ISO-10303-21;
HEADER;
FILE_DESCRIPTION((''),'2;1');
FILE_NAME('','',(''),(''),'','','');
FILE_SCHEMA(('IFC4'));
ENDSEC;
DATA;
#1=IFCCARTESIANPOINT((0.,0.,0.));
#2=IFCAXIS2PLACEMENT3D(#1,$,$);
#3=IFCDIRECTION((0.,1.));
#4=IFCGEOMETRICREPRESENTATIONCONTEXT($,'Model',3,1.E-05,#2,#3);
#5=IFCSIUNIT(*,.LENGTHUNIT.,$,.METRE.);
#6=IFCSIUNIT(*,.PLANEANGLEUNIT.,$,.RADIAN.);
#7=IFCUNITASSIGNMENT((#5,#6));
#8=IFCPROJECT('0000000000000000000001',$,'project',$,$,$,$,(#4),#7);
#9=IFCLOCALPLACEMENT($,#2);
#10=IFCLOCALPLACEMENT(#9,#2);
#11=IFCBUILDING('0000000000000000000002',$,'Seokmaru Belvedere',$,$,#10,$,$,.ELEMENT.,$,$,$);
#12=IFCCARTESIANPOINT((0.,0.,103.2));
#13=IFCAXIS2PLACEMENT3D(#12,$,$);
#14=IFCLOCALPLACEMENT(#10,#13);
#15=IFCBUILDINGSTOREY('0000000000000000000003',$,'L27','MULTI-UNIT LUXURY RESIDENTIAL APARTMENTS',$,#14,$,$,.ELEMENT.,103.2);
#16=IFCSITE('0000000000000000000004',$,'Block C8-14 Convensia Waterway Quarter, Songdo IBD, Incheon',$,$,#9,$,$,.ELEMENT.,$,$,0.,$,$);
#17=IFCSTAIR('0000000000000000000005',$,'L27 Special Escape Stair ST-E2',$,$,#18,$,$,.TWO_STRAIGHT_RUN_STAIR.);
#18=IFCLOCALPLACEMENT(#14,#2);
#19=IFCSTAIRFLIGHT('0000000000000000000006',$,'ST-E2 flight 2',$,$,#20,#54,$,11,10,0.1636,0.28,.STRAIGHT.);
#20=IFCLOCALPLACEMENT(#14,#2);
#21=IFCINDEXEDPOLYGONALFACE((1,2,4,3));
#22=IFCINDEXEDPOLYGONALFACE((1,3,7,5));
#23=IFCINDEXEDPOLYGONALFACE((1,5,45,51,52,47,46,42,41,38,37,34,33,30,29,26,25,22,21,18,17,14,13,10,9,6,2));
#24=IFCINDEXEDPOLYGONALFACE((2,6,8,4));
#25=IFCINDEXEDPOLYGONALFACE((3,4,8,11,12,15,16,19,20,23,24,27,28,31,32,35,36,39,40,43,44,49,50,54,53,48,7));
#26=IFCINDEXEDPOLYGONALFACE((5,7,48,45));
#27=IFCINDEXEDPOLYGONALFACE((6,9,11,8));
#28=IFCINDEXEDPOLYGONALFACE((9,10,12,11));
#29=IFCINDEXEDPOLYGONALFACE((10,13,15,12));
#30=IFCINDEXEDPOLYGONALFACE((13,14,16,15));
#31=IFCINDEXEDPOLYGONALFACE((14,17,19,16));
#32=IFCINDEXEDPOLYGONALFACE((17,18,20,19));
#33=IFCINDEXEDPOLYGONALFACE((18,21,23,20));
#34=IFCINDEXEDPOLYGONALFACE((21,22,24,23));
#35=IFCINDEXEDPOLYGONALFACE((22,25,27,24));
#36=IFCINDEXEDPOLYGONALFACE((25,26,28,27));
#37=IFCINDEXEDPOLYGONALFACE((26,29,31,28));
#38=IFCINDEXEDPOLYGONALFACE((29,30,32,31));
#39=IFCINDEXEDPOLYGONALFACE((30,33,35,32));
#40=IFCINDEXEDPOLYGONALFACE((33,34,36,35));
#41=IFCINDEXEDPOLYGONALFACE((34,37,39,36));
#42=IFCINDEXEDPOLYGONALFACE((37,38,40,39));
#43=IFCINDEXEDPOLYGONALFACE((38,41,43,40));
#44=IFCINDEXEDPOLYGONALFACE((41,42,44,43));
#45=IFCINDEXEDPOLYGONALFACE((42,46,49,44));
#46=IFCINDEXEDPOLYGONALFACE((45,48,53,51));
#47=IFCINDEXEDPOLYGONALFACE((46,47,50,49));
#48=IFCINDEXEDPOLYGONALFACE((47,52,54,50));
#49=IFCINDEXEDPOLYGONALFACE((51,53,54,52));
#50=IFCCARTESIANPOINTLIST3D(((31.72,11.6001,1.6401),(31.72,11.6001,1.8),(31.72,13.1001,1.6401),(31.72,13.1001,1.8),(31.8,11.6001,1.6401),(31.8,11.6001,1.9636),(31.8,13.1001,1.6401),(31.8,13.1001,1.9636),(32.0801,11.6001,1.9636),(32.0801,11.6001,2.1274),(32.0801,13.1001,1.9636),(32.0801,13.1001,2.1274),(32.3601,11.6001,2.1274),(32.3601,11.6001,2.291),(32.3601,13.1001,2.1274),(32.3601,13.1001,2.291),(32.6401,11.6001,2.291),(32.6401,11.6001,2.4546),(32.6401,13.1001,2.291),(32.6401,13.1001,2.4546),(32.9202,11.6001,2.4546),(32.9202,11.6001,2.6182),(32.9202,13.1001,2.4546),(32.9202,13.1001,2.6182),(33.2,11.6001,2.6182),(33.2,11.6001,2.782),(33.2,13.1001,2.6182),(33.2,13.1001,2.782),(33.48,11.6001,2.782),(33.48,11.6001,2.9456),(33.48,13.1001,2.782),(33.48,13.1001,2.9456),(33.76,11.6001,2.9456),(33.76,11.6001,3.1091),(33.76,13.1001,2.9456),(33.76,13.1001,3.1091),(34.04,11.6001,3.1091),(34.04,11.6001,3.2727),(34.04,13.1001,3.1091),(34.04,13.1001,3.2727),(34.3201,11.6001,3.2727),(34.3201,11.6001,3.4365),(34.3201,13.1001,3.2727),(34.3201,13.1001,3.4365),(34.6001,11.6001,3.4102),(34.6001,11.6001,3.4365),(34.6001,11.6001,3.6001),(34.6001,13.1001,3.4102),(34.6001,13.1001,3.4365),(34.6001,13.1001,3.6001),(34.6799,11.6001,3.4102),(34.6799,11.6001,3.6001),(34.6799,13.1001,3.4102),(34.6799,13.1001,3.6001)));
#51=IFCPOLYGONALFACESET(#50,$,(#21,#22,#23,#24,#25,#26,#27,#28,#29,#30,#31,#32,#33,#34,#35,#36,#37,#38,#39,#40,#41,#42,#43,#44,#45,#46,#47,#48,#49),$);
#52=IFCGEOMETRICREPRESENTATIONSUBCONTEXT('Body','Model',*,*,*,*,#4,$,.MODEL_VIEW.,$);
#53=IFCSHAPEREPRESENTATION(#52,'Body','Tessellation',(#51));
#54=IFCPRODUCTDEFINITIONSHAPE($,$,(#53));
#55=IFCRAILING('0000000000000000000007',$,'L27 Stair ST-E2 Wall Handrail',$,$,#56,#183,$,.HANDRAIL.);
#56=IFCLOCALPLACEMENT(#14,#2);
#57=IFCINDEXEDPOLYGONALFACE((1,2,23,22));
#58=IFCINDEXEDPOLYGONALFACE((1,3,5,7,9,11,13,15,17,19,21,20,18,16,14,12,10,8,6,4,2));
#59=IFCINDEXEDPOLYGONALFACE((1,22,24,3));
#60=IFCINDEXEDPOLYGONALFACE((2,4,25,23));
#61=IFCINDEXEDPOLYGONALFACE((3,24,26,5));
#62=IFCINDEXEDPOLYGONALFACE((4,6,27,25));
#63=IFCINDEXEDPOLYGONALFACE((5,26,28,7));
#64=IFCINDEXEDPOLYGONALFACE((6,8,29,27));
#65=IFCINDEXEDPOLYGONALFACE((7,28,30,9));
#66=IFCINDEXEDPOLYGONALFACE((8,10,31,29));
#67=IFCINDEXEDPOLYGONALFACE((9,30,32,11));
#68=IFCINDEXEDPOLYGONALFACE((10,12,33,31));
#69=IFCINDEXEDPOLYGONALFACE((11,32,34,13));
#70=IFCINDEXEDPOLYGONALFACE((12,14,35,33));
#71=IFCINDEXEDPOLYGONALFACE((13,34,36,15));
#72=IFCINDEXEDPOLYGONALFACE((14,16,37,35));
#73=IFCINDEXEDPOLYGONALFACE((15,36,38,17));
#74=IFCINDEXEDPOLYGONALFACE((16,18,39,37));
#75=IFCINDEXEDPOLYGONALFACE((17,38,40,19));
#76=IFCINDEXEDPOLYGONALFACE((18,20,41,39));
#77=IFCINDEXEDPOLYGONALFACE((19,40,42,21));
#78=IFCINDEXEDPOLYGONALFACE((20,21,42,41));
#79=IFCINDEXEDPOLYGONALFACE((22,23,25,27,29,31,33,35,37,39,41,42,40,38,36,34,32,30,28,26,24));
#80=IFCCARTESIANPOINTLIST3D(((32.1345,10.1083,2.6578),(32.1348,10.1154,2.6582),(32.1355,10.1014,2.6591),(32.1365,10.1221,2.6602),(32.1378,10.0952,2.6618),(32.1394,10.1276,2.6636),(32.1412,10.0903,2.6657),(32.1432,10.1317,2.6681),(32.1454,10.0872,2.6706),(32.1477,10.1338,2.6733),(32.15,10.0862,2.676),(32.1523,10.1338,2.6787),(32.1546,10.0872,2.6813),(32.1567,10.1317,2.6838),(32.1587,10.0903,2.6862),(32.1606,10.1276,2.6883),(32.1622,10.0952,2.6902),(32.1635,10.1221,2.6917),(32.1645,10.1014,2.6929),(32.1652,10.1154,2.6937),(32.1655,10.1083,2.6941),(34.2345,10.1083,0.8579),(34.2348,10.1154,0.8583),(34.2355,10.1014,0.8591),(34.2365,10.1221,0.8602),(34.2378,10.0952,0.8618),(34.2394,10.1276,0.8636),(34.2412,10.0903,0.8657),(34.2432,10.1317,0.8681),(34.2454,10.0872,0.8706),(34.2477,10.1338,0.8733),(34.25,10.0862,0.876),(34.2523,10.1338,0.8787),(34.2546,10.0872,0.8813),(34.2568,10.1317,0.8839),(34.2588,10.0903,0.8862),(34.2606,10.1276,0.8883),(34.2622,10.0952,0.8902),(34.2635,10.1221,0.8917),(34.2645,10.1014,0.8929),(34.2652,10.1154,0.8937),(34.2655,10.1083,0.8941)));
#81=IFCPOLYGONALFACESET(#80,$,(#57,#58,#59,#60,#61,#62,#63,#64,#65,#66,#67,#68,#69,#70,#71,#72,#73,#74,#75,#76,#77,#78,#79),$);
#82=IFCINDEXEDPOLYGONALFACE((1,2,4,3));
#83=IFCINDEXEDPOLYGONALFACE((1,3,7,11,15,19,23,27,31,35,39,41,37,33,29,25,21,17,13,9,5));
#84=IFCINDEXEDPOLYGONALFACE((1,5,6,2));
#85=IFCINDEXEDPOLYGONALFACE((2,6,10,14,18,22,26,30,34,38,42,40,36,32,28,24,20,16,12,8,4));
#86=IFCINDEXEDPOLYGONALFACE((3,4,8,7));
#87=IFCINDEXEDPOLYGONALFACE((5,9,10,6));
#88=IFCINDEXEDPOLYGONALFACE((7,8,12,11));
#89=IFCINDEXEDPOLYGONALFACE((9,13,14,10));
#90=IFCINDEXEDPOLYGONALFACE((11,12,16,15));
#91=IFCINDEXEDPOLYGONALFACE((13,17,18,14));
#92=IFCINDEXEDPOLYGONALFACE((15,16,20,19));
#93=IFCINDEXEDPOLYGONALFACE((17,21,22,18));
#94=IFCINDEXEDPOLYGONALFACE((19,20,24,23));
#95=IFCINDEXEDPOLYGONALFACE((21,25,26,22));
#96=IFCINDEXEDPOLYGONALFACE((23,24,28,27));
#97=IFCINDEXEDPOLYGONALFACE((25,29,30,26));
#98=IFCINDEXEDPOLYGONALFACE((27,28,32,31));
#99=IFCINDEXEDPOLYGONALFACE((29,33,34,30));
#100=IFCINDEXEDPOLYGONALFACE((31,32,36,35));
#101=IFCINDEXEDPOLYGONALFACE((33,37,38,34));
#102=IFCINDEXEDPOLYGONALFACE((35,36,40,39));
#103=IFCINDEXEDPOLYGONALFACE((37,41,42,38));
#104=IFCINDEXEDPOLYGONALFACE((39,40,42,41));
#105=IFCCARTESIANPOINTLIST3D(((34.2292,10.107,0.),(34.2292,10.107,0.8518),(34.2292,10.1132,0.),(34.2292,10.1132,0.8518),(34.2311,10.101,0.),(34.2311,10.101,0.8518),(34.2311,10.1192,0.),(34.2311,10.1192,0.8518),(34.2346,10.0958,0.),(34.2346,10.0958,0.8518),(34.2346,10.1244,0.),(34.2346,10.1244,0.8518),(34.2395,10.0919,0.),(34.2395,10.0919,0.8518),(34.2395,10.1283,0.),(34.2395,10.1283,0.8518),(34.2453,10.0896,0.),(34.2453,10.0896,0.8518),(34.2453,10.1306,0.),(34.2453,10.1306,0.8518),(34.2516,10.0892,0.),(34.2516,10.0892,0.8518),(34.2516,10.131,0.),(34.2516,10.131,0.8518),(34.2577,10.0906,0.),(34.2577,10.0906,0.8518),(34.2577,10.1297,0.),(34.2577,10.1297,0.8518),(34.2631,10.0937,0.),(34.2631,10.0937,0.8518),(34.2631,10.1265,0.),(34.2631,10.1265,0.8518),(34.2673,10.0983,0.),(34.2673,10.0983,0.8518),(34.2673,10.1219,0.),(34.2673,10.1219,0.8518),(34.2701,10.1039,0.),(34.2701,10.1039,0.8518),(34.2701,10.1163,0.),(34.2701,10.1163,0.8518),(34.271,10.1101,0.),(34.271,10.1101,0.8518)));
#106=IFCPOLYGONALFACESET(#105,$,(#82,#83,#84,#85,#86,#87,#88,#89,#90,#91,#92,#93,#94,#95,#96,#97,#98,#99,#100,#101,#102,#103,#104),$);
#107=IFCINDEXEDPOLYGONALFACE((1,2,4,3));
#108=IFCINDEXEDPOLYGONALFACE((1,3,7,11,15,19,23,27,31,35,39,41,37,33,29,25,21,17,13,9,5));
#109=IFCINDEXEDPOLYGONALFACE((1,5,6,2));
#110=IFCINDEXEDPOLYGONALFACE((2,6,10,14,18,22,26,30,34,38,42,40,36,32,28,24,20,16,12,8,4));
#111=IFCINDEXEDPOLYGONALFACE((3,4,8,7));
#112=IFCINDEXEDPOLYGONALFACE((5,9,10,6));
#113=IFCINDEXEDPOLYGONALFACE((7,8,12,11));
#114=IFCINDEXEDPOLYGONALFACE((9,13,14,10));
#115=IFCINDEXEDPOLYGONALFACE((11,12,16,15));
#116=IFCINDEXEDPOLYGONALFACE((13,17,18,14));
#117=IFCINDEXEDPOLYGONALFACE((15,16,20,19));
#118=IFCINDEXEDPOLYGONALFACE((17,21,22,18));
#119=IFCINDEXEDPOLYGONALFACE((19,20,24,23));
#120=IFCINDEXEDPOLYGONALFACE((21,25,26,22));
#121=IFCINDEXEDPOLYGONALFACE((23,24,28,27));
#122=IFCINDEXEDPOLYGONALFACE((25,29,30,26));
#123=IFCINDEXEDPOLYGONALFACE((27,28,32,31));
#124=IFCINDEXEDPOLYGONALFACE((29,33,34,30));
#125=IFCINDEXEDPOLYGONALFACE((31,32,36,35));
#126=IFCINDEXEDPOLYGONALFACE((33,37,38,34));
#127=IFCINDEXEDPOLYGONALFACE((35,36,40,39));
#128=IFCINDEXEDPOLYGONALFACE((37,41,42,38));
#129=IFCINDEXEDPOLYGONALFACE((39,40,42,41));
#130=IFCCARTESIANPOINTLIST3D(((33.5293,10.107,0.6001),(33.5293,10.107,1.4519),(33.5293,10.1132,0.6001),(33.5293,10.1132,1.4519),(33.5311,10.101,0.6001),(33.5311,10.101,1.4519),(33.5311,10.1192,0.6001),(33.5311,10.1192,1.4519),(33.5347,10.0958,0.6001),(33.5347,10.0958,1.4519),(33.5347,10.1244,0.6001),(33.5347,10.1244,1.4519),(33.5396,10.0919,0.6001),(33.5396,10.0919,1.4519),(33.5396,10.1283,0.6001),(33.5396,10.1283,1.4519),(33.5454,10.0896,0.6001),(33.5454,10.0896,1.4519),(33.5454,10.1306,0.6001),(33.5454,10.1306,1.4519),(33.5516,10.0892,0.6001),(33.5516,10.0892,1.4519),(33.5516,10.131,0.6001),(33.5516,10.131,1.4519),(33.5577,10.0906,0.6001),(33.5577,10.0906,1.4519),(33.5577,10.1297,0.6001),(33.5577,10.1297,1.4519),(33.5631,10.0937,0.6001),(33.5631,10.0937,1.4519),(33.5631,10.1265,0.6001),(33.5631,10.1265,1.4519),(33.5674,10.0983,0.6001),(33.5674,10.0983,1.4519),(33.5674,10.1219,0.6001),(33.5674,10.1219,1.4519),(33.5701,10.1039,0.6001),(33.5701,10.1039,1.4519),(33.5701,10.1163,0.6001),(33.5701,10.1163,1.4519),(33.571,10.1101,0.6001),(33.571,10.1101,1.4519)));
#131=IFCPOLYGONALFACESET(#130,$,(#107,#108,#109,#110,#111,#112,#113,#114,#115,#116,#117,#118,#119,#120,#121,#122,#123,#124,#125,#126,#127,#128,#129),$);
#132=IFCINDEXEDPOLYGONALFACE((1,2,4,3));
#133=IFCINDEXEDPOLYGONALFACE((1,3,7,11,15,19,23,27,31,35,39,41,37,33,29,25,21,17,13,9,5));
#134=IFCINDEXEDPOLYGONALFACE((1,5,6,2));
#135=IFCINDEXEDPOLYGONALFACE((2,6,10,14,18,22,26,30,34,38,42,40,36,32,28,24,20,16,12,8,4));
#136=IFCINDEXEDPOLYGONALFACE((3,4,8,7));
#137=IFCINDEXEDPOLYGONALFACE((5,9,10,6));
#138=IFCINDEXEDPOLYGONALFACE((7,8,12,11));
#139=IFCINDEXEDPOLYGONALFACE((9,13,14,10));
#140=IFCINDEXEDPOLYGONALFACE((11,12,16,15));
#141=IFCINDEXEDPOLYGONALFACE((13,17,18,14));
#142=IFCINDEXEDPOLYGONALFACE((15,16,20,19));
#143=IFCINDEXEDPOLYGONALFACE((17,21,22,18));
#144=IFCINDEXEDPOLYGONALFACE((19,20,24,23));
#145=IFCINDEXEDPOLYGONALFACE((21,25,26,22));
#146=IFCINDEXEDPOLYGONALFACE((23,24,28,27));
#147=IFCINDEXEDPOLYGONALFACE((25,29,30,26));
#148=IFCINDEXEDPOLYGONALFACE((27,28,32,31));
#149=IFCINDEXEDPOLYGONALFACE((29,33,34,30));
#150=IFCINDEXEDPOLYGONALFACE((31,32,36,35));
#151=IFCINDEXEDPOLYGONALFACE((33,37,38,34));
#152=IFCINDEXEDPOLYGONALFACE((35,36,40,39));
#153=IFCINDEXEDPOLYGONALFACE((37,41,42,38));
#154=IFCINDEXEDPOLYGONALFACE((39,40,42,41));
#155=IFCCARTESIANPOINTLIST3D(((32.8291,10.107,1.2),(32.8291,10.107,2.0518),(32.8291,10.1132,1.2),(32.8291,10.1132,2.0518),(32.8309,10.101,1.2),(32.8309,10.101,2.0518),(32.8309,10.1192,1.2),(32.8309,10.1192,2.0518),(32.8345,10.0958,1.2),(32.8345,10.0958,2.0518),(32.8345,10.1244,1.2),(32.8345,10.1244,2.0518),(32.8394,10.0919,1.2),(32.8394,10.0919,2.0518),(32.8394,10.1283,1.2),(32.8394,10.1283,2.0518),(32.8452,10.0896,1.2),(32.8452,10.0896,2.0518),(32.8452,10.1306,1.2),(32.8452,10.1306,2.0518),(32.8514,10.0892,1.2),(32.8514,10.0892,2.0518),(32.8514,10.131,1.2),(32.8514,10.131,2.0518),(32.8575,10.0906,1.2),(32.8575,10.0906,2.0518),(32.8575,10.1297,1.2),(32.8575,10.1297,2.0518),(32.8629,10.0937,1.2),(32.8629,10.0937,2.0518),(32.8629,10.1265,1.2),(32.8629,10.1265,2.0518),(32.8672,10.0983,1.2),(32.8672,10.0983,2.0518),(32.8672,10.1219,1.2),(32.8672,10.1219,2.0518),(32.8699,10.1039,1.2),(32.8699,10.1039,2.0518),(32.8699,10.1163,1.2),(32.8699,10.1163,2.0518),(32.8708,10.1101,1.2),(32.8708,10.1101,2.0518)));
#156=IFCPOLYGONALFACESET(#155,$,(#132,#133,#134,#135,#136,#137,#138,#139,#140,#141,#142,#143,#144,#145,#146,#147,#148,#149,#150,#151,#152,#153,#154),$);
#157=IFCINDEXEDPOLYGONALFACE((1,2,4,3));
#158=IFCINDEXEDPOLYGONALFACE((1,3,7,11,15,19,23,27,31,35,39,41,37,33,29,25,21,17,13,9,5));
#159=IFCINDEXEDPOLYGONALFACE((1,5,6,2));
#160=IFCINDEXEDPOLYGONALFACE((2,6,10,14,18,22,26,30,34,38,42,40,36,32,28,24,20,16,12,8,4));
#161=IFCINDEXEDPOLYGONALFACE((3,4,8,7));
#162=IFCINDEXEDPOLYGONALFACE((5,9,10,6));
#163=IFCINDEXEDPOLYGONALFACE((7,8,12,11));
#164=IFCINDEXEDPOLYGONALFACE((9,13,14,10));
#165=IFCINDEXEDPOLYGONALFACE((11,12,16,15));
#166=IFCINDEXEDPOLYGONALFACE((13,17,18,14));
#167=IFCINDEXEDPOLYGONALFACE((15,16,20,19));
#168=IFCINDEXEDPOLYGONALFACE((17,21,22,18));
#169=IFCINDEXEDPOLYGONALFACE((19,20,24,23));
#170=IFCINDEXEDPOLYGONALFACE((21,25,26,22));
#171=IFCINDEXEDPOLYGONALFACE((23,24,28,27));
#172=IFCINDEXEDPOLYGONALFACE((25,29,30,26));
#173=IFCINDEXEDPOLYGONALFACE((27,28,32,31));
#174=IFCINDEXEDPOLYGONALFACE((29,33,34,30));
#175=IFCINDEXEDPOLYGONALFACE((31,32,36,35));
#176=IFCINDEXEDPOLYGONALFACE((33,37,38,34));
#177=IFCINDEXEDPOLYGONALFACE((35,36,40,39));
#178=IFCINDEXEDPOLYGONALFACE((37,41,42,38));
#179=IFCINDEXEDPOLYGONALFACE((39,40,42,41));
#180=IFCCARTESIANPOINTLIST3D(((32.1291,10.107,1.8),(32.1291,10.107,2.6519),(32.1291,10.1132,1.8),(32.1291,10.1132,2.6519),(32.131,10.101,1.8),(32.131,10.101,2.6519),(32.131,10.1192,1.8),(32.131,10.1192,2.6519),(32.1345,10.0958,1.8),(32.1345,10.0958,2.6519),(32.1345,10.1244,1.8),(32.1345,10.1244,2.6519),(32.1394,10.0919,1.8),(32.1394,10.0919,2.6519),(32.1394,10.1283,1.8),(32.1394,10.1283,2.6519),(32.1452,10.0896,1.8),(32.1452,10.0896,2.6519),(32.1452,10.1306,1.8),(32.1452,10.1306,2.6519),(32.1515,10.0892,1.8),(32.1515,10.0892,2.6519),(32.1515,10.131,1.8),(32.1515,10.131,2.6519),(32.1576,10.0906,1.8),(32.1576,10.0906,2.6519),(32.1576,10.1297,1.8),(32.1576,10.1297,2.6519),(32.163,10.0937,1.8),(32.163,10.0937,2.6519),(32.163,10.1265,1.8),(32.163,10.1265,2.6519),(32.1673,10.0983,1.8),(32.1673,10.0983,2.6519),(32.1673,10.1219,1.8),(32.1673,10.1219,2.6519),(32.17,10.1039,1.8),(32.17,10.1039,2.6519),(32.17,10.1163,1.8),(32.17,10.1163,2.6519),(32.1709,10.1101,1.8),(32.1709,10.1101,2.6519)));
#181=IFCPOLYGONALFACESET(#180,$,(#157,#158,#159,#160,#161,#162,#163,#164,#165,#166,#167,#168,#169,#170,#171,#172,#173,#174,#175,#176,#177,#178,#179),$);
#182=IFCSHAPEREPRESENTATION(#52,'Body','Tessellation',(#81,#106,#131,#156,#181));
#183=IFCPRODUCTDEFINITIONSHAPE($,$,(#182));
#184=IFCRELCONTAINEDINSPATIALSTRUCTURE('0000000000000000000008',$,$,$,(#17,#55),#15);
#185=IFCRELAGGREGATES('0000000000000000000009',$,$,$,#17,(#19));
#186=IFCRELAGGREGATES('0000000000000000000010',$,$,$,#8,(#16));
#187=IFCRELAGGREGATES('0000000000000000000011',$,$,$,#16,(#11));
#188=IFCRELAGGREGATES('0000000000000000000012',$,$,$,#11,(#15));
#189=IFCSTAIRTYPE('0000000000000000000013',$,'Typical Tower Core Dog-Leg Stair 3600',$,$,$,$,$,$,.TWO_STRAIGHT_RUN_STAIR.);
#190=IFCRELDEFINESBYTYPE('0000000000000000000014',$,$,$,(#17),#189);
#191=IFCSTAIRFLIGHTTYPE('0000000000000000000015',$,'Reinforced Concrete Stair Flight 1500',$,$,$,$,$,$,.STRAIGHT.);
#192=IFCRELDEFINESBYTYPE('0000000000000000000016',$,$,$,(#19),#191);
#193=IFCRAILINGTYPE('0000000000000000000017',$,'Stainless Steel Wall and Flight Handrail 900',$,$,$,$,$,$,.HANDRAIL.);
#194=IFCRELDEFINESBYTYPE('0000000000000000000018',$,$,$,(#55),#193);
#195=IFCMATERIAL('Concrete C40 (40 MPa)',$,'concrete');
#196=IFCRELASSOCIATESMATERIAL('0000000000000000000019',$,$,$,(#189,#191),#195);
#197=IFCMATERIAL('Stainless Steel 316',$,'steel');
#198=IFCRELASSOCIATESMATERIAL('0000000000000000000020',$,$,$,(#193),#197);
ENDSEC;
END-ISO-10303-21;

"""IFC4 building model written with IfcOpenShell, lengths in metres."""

from ifc_helpers import new_model, si_unit, direction, frame, origin, origin_2d, place, context, subcontext, project, spatial, polyline, circle, outline, extrude, material, type_object, element, aggregate, save


model = new_model("IFC4")

# Units and contexts
model_context = context("Model", 3, precision=1e-05, world=origin(), true_north=direction((0.0, 1.0)))
body_context = subcontext(model_context, "Body", "Model", "MODEL_VIEW")
ifc_project = project(units=[si_unit("LENGTHUNIT", "METRE"), si_unit("PLANEANGLEUNIT", "RADIAN")], contexts=[model_context])

# Site, building, storey
site_placement = place(None, origin())
site = spatial("IfcSite", under=ifc_project, at=site_placement, Name="Block C8-14 Convensia Waterway Quarter, Songdo IBD, Incheon", CompositionType="ELEMENT", RefElevation=0.0)
building_placement = place(site_placement, origin())
building = spatial("IfcBuilding", under=site, at=building_placement, Name="Seokmaru Belvedere", CompositionType="ELEMENT")
storey_placement = place(building_placement, frame((0.0, 0.0, 103.2)))
storey = spatial("IfcBuildingStorey", under=building, at=storey_placement, Name="L27", Description="MULTI-UNIT LUXURY RESIDENTIAL APARTMENTS", CompositionType="ELEMENT", Elevation=103.2)

# Stair, stair flight
ifc_material_1 = material(Name="Concrete C40 (40 MPa)", Category="concrete")
stair_type = type_object("IfcStairType", Name="Typical Tower Core Dog-Leg Stair 3600", PredefinedType="TWO_STRAIGHT_RUN_STAIR", material=ifc_material_1)
stair_placement = place(storey_placement, origin())
stair = element("IfcStair", 1, at=stair_placement, inside=storey, type_object=stair_type, Name="L27 Special Escape Stair ST-E2", PredefinedType="TWO_STRAIGHT_RUN_STAIR")
stair_flight_type = type_object("IfcStairFlightType", Name="Reinforced Concrete Stair Flight 1500", PredefinedType="STRAIGHT", material=ifc_material_1)
stair_flight_1_placement = place(storey_placement, frame((31.8, 12.3501, 1.8), z_axis=(0.0, 0.0, 1.0), x_axis=(1.0, 0.0, 0.0)))
stair_flight_1 = element("IfcStairFlight", 2, at=stair_flight_1_placement, type_object=stair_flight_type, Name="ST-E2 flight 2", NumberOfRisers=11, NumberOfTreads=10, PredefinedType="STRAIGHT", RiserHeight=0.1636, TreadLength=0.28, context=body_context, shape_type="SweptSolid", body=[
    extrude(outline(polyline([(-0.0801, 0.0), (0.0, 0.1636), (0.28, 0.1636), (0.28, 0.3274), (0.5601, 0.3274), (0.5601, 0.491), (0.8401, 0.491), (0.8401, 0.6545), (1.1201, 0.6545), (1.1201, 0.8181), (1.3999, 0.8181), (1.3999, 0.9819), (1.6799, 0.9819), (1.6799, 1.1455), (1.96, 1.1455), (1.96, 1.3091), (2.24, 1.3091), (2.24, 1.4727), (2.52, 1.4727), (2.52, 1.6365), (2.8, 1.6365), (2.8, 1.8), (2.8799, 1.8), (2.8799, 1.6101), (2.8, 1.6101), (0.0, -0.1599), (-0.0801, -0.1599), (-0.0801, 0.0)])), frame((0.0, 0.75, 0.0), z_axis=(0.0, -1.0, 0.0), x_axis=(1.0, 0.0, 0.0)), (0.0, 0.0, 1.0), 1.5),
])
aggregate(stair, [stair_flight_1])

# Railing
ifc_material_2 = material(Name="Stainless Steel 316", Category="steel")
railing_type_1 = type_object("IfcRailingType", Name="Stainless Steel Wall and Flight Handrail 900", PredefinedType="HANDRAIL", material=ifc_material_2)
railing_1_placement = place(storey_placement, frame((34.25, 10.1101, 0.0)))
element("IfcRailing", 3, at=railing_1_placement, inside=storey, type_object=railing_type_1, Name="L27 Stair ST-E2 Wall Handrail", PredefinedType="HANDRAIL", context=body_context, shape_type="SweptSolid", body=[
    extrude(circle(Radius=0.0239, at=origin_2d()), frame((0.0, 0.0, 0.876), z_axis=(-0.759263, 0.0, 0.650784), x_axis=(0.0, -1.0, 0.0)), (0.0, 0.0, 1.0), 2.7659),
    extrude(circle(Radius=0.021, at=origin_2d()), origin(), (0.0, 0.0, 1.0), 0.8518),
    extrude(circle(Radius=0.021, at=origin_2d()), frame((-0.7, 0.0, 0.6001)), (0.0, 0.0, 1.0), 0.8518),
    extrude(circle(Radius=0.021, at=origin_2d()), frame((-1.4001, 0.0, 1.2)), (0.0, 0.0, 1.0), 0.8518),
    extrude(circle(Radius=0.021, at=origin_2d()), frame((-2.1001, 0.0, 1.8)), (0.0, 0.0, 1.0), 0.8518),
])

save(model, "model.ifc")
